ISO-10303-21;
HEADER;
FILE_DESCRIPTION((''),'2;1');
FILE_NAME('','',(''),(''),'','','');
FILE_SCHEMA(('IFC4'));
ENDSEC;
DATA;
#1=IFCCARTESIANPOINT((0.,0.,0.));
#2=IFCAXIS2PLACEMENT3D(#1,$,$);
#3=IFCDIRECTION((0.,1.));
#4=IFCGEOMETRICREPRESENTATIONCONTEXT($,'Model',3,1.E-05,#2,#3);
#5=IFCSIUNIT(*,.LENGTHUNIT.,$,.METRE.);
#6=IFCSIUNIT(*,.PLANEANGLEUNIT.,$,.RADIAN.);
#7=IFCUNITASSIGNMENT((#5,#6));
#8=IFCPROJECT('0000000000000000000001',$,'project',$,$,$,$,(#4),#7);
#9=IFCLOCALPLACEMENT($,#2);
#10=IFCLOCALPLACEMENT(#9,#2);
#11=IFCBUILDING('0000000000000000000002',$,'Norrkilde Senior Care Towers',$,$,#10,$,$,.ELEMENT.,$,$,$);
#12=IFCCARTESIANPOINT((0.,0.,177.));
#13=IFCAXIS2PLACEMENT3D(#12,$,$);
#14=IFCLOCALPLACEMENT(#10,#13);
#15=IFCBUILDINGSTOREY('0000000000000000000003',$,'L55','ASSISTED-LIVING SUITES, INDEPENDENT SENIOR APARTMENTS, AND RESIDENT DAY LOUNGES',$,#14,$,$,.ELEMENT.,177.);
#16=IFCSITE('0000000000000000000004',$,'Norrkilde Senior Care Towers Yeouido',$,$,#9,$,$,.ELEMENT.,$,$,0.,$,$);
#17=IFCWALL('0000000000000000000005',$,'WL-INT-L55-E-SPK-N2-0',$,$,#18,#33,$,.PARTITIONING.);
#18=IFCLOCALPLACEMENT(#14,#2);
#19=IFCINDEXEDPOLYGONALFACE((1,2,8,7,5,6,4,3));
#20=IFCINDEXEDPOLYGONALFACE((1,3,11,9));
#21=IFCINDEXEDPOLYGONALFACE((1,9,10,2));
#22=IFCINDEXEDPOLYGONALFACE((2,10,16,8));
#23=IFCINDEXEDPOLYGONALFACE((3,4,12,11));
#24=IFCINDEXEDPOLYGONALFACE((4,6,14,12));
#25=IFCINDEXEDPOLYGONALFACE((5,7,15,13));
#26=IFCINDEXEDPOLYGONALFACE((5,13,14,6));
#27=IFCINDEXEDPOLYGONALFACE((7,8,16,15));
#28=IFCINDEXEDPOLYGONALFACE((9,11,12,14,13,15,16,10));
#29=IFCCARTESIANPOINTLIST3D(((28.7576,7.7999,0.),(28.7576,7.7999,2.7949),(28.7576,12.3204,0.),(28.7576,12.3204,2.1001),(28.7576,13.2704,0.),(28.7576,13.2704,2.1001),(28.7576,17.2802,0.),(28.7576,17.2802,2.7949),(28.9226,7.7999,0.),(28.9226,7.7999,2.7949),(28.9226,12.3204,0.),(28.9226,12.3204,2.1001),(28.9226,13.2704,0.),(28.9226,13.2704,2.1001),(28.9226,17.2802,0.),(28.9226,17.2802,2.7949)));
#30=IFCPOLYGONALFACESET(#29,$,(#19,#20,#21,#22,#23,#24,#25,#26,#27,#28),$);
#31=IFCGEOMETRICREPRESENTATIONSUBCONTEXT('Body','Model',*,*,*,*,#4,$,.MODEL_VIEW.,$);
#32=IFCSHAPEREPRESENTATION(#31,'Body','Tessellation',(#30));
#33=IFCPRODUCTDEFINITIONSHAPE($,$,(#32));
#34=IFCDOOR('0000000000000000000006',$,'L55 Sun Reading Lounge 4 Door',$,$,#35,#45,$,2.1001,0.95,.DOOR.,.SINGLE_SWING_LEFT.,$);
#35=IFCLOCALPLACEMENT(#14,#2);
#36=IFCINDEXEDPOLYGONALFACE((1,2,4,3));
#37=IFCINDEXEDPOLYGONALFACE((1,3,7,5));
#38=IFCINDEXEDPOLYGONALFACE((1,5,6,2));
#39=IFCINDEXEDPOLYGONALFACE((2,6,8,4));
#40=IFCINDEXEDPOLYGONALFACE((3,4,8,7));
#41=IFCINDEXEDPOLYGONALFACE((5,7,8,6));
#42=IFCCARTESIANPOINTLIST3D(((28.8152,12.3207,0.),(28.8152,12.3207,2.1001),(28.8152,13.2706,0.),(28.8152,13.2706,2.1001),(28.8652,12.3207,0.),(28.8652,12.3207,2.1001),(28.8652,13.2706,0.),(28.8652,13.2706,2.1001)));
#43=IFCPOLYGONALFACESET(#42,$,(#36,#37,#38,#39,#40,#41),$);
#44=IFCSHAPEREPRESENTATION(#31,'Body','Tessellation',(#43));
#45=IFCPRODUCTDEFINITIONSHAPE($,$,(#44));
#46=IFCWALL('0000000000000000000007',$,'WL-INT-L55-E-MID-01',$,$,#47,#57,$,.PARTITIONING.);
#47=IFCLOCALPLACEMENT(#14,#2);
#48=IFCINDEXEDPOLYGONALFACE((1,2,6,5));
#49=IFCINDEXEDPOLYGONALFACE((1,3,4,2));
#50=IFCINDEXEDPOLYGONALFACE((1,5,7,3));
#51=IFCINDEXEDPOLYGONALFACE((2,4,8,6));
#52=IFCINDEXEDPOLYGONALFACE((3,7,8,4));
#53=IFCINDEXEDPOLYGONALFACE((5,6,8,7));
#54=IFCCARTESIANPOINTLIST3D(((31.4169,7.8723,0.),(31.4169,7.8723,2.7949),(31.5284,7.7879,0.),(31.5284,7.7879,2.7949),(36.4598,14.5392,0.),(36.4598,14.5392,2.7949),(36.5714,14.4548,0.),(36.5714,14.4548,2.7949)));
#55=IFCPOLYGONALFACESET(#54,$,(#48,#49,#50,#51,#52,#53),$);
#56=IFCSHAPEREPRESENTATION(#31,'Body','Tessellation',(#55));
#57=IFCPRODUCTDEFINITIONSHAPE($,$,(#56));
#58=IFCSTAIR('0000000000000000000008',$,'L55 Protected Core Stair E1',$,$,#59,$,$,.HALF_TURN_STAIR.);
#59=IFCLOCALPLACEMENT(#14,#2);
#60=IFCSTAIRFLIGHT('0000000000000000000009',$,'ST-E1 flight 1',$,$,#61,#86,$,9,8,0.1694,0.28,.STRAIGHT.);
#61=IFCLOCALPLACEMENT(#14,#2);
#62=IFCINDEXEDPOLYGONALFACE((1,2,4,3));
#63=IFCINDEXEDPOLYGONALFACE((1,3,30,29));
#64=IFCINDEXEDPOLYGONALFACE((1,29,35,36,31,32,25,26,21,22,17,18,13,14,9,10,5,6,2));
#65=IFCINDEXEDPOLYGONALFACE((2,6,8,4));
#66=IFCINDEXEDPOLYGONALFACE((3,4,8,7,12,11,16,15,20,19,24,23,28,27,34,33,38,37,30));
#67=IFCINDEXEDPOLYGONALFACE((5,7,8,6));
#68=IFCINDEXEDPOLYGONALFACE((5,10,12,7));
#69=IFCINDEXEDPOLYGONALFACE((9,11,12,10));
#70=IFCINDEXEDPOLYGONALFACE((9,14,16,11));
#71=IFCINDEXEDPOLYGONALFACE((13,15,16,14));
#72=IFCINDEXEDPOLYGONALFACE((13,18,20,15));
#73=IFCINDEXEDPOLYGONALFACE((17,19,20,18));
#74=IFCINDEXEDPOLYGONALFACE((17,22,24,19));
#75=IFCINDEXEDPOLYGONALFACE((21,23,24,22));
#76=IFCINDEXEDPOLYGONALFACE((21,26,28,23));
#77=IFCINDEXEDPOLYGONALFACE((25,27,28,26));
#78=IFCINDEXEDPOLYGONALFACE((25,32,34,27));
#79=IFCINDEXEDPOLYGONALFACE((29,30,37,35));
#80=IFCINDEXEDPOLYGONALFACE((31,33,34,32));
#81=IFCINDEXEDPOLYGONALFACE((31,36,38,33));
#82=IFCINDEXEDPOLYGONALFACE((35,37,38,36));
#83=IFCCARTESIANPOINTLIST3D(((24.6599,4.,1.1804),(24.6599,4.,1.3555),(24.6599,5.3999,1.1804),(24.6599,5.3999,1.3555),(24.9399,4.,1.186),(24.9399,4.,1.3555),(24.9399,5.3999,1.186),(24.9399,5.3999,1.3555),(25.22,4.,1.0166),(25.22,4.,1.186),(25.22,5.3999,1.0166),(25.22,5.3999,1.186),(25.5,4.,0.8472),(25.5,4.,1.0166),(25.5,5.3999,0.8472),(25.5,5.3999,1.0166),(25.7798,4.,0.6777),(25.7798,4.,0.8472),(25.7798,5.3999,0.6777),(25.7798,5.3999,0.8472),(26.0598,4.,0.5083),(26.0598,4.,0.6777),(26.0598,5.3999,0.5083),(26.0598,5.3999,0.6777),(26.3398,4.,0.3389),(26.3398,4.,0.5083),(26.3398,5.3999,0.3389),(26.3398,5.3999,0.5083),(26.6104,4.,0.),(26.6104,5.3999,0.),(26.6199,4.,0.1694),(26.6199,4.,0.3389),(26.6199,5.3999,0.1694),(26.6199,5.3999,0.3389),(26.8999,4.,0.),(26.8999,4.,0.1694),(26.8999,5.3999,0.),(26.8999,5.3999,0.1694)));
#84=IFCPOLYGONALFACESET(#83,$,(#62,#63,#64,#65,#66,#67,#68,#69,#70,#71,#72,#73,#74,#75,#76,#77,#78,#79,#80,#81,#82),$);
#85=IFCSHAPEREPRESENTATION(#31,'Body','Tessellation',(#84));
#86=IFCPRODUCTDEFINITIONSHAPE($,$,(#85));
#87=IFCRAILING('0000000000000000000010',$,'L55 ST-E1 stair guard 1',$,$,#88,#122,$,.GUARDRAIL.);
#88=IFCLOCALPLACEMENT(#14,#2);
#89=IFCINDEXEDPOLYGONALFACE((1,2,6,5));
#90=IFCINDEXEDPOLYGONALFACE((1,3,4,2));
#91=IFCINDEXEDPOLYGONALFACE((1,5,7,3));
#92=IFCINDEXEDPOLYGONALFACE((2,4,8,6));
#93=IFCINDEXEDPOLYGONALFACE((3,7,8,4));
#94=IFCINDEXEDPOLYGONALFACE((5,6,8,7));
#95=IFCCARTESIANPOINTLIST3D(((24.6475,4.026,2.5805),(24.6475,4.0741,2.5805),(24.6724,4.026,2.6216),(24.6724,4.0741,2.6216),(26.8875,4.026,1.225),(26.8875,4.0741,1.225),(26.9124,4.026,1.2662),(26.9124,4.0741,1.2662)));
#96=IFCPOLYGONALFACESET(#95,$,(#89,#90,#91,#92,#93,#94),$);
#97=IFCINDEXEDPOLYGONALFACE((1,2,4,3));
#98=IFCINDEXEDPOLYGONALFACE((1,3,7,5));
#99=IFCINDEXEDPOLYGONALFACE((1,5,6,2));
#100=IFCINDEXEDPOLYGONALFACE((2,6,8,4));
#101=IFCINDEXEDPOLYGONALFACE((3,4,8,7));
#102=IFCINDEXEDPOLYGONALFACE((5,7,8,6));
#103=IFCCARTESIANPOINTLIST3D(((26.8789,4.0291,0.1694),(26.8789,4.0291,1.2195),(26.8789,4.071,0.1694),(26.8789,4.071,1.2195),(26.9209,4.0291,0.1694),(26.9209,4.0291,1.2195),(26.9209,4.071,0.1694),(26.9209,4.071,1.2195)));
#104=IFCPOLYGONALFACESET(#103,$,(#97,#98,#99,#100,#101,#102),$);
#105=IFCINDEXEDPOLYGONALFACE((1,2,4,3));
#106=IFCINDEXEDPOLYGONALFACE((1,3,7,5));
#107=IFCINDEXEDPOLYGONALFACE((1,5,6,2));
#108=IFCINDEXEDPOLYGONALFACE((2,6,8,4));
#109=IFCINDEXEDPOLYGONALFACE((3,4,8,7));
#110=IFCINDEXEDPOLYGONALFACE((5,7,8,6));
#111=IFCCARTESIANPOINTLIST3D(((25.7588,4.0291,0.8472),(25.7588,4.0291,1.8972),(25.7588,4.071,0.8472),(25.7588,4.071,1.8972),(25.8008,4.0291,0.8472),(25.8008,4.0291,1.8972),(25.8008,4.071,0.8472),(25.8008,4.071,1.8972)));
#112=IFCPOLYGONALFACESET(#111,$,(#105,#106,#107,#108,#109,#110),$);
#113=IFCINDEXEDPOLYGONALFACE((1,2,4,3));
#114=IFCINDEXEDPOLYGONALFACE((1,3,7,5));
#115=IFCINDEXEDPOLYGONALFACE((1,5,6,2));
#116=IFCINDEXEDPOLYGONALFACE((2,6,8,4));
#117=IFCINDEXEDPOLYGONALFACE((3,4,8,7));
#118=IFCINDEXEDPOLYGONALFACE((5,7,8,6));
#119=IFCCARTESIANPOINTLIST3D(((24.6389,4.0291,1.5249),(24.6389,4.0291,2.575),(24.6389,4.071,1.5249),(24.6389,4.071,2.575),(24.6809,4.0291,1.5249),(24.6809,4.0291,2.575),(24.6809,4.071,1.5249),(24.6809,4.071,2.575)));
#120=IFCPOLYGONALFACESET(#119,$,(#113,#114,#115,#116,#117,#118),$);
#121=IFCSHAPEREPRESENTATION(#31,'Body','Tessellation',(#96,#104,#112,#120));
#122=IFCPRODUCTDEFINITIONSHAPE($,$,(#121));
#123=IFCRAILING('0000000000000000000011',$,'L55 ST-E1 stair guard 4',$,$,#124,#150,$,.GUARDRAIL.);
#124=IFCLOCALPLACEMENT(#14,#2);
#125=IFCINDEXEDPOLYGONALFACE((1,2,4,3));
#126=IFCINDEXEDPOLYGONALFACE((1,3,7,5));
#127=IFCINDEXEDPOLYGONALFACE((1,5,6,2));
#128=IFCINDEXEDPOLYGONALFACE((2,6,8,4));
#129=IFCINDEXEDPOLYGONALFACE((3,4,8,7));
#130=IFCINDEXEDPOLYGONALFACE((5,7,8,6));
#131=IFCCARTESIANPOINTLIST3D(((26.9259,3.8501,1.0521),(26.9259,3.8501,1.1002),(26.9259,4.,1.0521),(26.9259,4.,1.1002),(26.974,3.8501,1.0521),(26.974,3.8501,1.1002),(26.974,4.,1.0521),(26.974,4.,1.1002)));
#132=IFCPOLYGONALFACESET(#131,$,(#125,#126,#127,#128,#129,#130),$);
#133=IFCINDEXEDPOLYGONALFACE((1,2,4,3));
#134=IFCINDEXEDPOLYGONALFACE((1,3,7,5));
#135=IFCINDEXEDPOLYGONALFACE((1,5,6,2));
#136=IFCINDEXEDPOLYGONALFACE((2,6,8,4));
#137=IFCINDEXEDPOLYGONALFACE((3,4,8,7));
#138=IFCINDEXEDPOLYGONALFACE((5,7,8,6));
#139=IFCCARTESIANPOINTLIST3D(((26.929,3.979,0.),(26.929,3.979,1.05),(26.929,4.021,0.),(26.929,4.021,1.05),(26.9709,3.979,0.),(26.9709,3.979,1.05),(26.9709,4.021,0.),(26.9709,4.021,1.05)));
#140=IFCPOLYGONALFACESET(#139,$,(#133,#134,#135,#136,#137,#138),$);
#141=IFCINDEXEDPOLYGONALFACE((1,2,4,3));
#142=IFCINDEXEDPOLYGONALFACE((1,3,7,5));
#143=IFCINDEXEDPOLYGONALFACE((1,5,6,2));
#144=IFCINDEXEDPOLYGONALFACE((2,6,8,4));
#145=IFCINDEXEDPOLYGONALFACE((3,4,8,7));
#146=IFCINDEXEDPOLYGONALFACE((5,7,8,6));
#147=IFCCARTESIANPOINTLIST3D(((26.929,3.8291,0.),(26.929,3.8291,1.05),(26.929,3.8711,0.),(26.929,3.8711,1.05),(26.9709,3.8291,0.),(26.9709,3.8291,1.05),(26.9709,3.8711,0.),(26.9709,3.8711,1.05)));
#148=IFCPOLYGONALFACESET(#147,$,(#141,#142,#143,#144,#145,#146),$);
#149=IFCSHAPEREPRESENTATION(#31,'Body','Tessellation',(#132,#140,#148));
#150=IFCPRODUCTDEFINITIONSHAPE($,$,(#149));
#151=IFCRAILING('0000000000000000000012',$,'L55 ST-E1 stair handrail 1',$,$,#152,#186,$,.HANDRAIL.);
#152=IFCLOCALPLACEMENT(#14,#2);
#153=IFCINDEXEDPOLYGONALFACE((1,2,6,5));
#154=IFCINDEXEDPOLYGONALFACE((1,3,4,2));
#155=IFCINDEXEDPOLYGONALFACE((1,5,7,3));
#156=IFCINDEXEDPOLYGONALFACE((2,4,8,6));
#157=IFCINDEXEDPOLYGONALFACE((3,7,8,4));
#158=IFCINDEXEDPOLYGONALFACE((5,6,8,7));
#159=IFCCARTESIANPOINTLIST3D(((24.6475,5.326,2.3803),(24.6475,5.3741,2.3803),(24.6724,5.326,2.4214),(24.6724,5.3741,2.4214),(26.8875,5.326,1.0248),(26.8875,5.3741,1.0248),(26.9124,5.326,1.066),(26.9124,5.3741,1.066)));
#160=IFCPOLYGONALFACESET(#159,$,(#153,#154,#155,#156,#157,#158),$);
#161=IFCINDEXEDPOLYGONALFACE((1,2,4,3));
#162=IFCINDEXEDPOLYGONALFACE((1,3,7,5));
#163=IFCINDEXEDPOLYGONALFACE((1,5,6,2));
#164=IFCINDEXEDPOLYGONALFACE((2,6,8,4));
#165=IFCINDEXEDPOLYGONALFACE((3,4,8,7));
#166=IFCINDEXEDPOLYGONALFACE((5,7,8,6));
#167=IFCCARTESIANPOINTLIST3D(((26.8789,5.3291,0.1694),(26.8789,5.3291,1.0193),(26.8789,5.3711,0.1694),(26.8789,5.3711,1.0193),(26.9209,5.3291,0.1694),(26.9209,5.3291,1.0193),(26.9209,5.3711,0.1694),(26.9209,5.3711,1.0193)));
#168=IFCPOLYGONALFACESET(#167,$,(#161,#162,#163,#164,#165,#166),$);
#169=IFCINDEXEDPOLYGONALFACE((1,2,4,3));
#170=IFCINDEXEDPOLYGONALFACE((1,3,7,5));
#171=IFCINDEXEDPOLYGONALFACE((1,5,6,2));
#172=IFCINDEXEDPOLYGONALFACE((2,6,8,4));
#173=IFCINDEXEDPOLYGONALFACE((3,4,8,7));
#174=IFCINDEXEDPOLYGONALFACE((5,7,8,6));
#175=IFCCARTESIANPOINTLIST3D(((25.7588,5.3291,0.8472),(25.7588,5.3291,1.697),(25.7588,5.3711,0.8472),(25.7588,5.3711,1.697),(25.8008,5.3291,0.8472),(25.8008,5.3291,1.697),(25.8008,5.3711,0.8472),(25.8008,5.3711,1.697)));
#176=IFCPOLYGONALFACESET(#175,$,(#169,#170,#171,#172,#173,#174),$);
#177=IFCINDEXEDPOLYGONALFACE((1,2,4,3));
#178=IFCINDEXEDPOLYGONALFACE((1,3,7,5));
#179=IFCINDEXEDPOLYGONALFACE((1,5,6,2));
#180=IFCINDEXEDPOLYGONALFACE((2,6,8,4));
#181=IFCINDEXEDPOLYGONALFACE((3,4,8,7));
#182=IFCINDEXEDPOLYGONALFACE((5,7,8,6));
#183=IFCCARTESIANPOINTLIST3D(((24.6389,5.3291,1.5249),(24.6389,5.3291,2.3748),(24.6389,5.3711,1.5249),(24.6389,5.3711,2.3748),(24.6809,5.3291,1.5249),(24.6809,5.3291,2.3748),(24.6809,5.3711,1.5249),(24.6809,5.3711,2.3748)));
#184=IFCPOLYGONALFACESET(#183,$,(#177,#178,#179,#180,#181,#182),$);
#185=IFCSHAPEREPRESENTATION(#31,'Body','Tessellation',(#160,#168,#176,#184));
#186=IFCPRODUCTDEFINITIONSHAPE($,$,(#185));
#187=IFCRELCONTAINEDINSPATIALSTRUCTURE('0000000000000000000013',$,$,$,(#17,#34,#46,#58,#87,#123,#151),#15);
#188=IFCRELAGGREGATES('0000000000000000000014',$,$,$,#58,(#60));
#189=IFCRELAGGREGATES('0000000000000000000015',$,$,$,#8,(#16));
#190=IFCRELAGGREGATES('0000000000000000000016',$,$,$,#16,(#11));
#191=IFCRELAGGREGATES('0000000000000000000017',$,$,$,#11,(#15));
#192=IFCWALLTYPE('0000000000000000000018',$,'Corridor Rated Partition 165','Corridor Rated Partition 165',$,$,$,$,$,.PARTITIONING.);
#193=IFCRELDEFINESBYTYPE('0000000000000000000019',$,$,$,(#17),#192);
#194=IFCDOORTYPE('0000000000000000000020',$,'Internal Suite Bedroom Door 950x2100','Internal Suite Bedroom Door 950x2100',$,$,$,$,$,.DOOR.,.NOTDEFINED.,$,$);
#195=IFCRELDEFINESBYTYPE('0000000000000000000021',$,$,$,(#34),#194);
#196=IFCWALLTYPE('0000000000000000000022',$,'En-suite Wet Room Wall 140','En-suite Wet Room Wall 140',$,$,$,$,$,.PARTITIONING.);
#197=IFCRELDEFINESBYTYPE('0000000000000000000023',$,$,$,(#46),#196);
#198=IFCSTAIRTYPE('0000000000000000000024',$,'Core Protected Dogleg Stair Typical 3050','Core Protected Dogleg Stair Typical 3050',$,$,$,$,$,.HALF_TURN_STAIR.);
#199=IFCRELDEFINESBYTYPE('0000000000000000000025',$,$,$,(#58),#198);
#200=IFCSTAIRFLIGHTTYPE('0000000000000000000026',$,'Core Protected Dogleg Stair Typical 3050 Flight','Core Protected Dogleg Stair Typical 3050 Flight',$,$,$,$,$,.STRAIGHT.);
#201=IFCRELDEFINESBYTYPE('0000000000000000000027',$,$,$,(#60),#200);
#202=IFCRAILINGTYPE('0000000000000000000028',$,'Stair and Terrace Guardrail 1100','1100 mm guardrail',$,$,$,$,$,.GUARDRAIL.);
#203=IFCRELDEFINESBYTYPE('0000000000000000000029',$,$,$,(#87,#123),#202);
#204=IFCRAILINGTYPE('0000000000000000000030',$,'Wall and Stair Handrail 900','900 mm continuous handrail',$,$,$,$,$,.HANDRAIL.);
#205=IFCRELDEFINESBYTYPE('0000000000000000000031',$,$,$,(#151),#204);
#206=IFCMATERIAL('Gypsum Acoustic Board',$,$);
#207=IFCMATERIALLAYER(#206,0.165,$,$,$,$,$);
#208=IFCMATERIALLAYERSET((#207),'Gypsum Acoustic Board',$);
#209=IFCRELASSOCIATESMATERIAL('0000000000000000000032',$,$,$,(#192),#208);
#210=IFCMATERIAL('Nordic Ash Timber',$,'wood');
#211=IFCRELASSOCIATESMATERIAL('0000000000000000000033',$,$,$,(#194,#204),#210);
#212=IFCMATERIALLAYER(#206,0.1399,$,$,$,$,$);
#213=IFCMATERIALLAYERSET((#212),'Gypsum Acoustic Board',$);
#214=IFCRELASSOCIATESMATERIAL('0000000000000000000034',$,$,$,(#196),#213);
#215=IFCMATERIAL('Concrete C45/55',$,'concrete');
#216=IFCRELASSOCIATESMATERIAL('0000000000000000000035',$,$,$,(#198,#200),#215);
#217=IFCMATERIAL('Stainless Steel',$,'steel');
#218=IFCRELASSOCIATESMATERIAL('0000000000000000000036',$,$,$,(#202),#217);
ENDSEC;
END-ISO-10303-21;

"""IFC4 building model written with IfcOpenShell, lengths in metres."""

from ifc_helpers import new_model, si_unit, direction, frame, frame_2d, origin, origin_2d, place, context, subcontext, project, spatial, polyline, rectangle, outline, extrude, source, transform, mapped, material, layer, layer_set, type_object, type_shapes, element, fill, aggregate, save


model = new_model("IFC4")

# Units and contexts
model_context = context("Model", 3, precision=1e-05, world=origin(), true_north=direction((0.0, 1.0)))
body_context = subcontext(model_context, "Body", "Model", "MODEL_VIEW")
ifc_project = project(units=[si_unit("LENGTHUNIT", "METRE"), si_unit("PLANEANGLEUNIT", "RADIAN")], contexts=[model_context])

# Site, building, storey
site_placement = place(None, origin())
site = spatial("IfcSite", under=ifc_project, at=site_placement, Name="Norrkilde Senior Care Towers Yeouido", CompositionType="ELEMENT", RefElevation=0.0)
building_placement = place(site_placement, origin())
building = spatial("IfcBuilding", under=site, at=building_placement, Name="Norrkilde Senior Care Towers", CompositionType="ELEMENT")
storey_placement = place(building_placement, frame((0.0, 0.0, 177.0)))
storey = spatial("IfcBuildingStorey", under=building, at=storey_placement, Name="L55", Description="ASSISTED-LIVING SUITES, INDEPENDENT SENIOR APARTMENTS, AND RESIDENT DAY LOUNGES", CompositionType="ELEMENT", Elevation=177.0)

# Shared definitions
ifc_material_1 = material(Name="Gypsum Acoustic Board")
ifc_layer_1 = layer(ifc_material_1, 0.165)
ifc_layer_set_1 = layer_set([ifc_layer_1], Name="Gypsum Acoustic Board")
wall_type_1 = type_object("IfcWallType", Name="Corridor Rated Partition 165", Description="Corridor Rated Partition 165", PredefinedType="PARTITIONING", material=ifc_layer_set_1)
ifc_material_2 = material(Name="Nordic Ash Timber", Category="wood")

# Wall, opening, door
shared_shape_1 = source(origin(), body_context, "Body", "SweptSolid", [
    extrude(rectangle(XDim=9.4802, YDim=0.165, at=frame_2d((4.7402, 0.0))), origin(), (0.0, 0.0, 1.0), 2.7949),
])
door_type_1 = type_object("IfcDoorType", Name="Internal Suite Bedroom Door 950x2100", Description="Internal Suite Bedroom Door 950x2100", OperationType="NOTDEFINED", PredefinedType="DOOR", material=ifc_material_2)
shared_shape_2 = source(origin(), body_context, "Body", "SweptSolid", [
    extrude(rectangle(XDim=0.95, YDim=2.1001, at=frame_2d((0.4751, 1.05))), frame((0.0, 0.0249, 0.0), z_axis=(0.0, -1.0, 0.0), x_axis=(1.0, 0.0, 0.0)), (0.0, 0.0, 1.0), 0.05),
])
type_shapes(door_type_1, [shared_shape_2])
wall_1_placement = place(storey_placement, frame((28.8401, 17.2803, 0.0), z_axis=(0.0, 0.0, 1.0), x_axis=(0.0, -1.0, 0.0)))
wall_1 = element("IfcWall", 1, at=wall_1_placement, inside=storey, type_object=wall_type_1, Name="WL-INT-L55-E-SPK-N2-0", PredefinedType="PARTITIONING", context=body_context, shape_type="MappedRepresentation", body=[
    mapped(shared_shape_1, transform((0.0, 0.0, 0.0), x_axis=(1.0, 0.0, 0.0), y_axis=(0.0, 1.0, 0.0), z_axis=(0.0, 0.0, 1.0), scale=1.0)),
])
opening_1_placement = place(wall_1_placement, frame((4.0098, 0.0, 0.0)))
opening_1 = element("IfcOpeningElement", 2, at=opening_1_placement, cuts=wall_1, PredefinedType="OPENING", context=body_context, shape_type="SweptSolid", body=[
    extrude(rectangle(XDim=0.95, YDim=2.1001, at=frame_2d((0.4751, 1.05))), frame((0.0, 0.0925, 0.0), z_axis=(0.0, -1.0, 0.0), x_axis=(1.0, 0.0, 0.0)), (0.0, 0.0, 1.0), 0.1851),
])
door_1_placement = place(opening_1_placement, frame((0.95, 0.0, 0.0), z_axis=(0.0, 0.0, 1.0), x_axis=(-1.0, 0.0, 0.0)))
door_1 = element("IfcDoor", 3, at=door_1_placement, inside=storey, type_object=door_type_1, Name="L55 Sun Reading Lounge 4 Door", OperationType="SINGLE_SWING_LEFT", OverallHeight=2.1001, OverallWidth=0.95, PredefinedType="DOOR", context=body_context, shape_type="MappedRepresentation", body=[
    mapped(shared_shape_2, transform((0.0, 0.0, 0.0), x_axis=(1.0, 0.0, 0.0), y_axis=(0.0, 1.0, 0.0), z_axis=(0.0, 0.0, 1.0), scale=1.0)),
])
fill(opening_1, door_1)

# Wall
ifc_layer_2 = layer(ifc_material_1, 0.1399)
ifc_layer_set_2 = layer_set([ifc_layer_2], Name="Gypsum Acoustic Board")
wall_type_2 = type_object("IfcWallType", Name="En-suite Wet Room Wall 140", Description="En-suite Wet Room Wall 140", PredefinedType="PARTITIONING", material=ifc_layer_set_2)
shared_shape_3 = source(origin(), body_context, "Body", "SweptSolid", [
    extrude(rectangle(XDim=8.3594, YDim=0.1399, at=frame_2d((4.1797, 0.0))), origin(), (0.0, 0.0, 1.0), 2.7949),
])
type_shapes(wall_type_2, [shared_shape_3])
wall_2_placement = place(storey_placement, frame((31.4727, 7.8301, 0.0), z_axis=(0.0, 0.0, 1.0), x_axis=(0.603266, 0.79754, 0.0)))
element("IfcWall", 4, at=wall_2_placement, inside=storey, type_object=wall_type_2, Name="WL-INT-L55-E-MID-01", PredefinedType="PARTITIONING", context=body_context, shape_type="MappedRepresentation", body=[
    mapped(shared_shape_3, transform((0.0, 0.0, 0.0), x_axis=(1.0, 0.0, 0.0), y_axis=(0.0, 1.0, 0.0), z_axis=(0.0, 0.0, 1.0), scale=1.0)),
])

# Stair, stair flight
ifc_material_3 = material(Name="Concrete C45/55", Category="concrete")
stair_type = type_object("IfcStairType", Name="Core Protected Dogleg Stair Typical 3050", Description="Core Protected Dogleg Stair Typical 3050", PredefinedType="HALF_TURN_STAIR", material=ifc_material_3)
stair_placement = place(storey_placement, origin())
stair = element("IfcStair", 5, at=stair_placement, inside=storey, type_object=stair_type, Name="L55 Protected Core Stair E1", PredefinedType="HALF_TURN_STAIR")
stair_flight_type = type_object("IfcStairFlightType", Name="Core Protected Dogleg Stair Typical 3050 Flight", Description="Core Protected Dogleg Stair Typical 3050 Flight", PredefinedType="STRAIGHT", material=ifc_material_3)
stair_flight_placement = place(storey_placement, frame((26.8999, 4.7, 0.0), z_axis=(0.0, 0.0, 1.0), x_axis=(-1.0, 0.0, 0.0)))
stair_flight = element("IfcStairFlight", 6, at=stair_flight_placement, type_object=stair_flight_type, Name="ST-E1 flight 1", NumberOfRisers=9, NumberOfTreads=8, PredefinedType="STRAIGHT", RiserHeight=0.1694, TreadLength=0.28, context=body_context, shape_type="SweptSolid", body=[
    extrude(outline(polyline([(0.0, 0.0), (0.0, 0.1694), (0.28, 0.1694), (0.28, 0.3389), (0.5601, 0.3389), (0.5601, 0.5083), (0.8401, 0.5083), (0.8401, 0.6777), (1.1201, 0.6777), (1.1201, 0.8472), (1.3999, 0.8472), (1.3999, 1.0166), (1.6799, 1.0166), (1.6799, 1.186), (1.96, 1.186), (1.96, 1.3555), (2.24, 1.3555), (2.24, 1.5249), (2.24, 1.1804), (0.2896, 0.0), (0.0, 0.0)])), frame((0.0, 0.7, 0.0), z_axis=(0.0, -1.0, 0.0), x_axis=(1.0, 0.0, 0.0)), (0.0, 0.0, 1.0), 1.3999),
])
aggregate(stair, [stair_flight])

# Railings
ifc_material_4 = material(Name="Stainless Steel", Category="steel")
railing_type_1 = type_object("IfcRailingType", Name="Stair and Terrace Guardrail 1100", Description="1100 mm guardrail", PredefinedType="GUARDRAIL", material=ifc_material_4)
railing_1_placement = place(storey_placement, frame((26.8999, 4.05, 0.1694)))
element("IfcRailing", 7, at=railing_1_placement, inside=storey, type_object=railing_type_1, Name="L55 ST-E1 stair guard 1", PredefinedType="GUARDRAIL", context=body_context, shape_type="SweptSolid", body=[
    extrude(rectangle(XDim=0.0481, YDim=0.0481, at=origin_2d()), frame((0.0, 0.0, 1.0762), z_axis=(-0.855553, 0.0, 0.517715), x_axis=(0.0, -1.0, 0.0)), (0.0, 0.0, 1.0), 2.6182),
    extrude(rectangle(XDim=0.042, YDim=0.042, at=origin_2d()), origin(), (0.0, 0.0, 1.0), 1.05),
    extrude(rectangle(XDim=0.042, YDim=0.042, at=origin_2d()), frame((-1.1201, 0.0, 0.6777)), (0.0, 0.0, 1.0), 1.05),
    extrude(rectangle(XDim=0.042, YDim=0.042, at=origin_2d()), frame((-2.24, 0.0, 1.3555)), (0.0, 0.0, 1.0), 1.05),
])
railing_2_placement = place(storey_placement, frame((26.95, 4.0, 0.0)))
element("IfcRailing", 8, at=railing_2_placement, inside=storey, type_object=railing_type_1, Name="L55 ST-E1 stair guard 4", PredefinedType="GUARDRAIL", context=body_context, shape_type="SweptSolid", body=[
    extrude(rectangle(XDim=0.0481, YDim=0.0481, at=origin_2d()), frame((0.0, 0.0, 1.0762), z_axis=(0.0, -1.0, 0.0), x_axis=(1.0, 0.0, 0.0)), (0.0, 0.0, 1.0), 0.1499),
    extrude(rectangle(XDim=0.042, YDim=0.042, at=origin_2d()), origin(), (0.0, 0.0, 1.0), 1.05),
    extrude(rectangle(XDim=0.042, YDim=0.042, at=origin_2d()), frame((0.0, -0.1499, 0.0)), (0.0, 0.0, 1.0), 1.05),
])
railing_type_2 = type_object("IfcRailingType", Name="Wall and Stair Handrail 900", Description="900 mm continuous handrail", PredefinedType="HANDRAIL", material=ifc_material_2)
railing_3_placement = place(storey_placement, frame((26.8999, 5.3501, 0.1694)))
element("IfcRailing", 9, at=railing_3_placement, inside=storey, type_object=railing_type_2, Name="L55 ST-E1 stair handrail 1", PredefinedType="HANDRAIL", context=body_context, shape_type="SweptSolid", body=[
    extrude(rectangle(XDim=0.0481, YDim=0.0481, at=origin_2d()), frame((0.0, 0.0, 0.876), z_axis=(-0.855553, 0.0, 0.517715), x_axis=(0.0, -1.0, 0.0)), (0.0, 0.0, 1.0), 2.6182),
    extrude(rectangle(XDim=0.042, YDim=0.042, at=origin_2d()), origin(), (0.0, 0.0, 1.0), 0.8499),
    extrude(rectangle(XDim=0.042, YDim=0.042, at=origin_2d()), frame((-1.1201, 0.0, 0.6777)), (0.0, 0.0, 1.0), 0.8499),
    extrude(rectangle(XDim=0.042, YDim=0.042, at=origin_2d()), frame((-2.24, 0.0, 1.3555)), (0.0, 0.0, 1.0), 0.8499),
])

save(model, "model.ifc")
